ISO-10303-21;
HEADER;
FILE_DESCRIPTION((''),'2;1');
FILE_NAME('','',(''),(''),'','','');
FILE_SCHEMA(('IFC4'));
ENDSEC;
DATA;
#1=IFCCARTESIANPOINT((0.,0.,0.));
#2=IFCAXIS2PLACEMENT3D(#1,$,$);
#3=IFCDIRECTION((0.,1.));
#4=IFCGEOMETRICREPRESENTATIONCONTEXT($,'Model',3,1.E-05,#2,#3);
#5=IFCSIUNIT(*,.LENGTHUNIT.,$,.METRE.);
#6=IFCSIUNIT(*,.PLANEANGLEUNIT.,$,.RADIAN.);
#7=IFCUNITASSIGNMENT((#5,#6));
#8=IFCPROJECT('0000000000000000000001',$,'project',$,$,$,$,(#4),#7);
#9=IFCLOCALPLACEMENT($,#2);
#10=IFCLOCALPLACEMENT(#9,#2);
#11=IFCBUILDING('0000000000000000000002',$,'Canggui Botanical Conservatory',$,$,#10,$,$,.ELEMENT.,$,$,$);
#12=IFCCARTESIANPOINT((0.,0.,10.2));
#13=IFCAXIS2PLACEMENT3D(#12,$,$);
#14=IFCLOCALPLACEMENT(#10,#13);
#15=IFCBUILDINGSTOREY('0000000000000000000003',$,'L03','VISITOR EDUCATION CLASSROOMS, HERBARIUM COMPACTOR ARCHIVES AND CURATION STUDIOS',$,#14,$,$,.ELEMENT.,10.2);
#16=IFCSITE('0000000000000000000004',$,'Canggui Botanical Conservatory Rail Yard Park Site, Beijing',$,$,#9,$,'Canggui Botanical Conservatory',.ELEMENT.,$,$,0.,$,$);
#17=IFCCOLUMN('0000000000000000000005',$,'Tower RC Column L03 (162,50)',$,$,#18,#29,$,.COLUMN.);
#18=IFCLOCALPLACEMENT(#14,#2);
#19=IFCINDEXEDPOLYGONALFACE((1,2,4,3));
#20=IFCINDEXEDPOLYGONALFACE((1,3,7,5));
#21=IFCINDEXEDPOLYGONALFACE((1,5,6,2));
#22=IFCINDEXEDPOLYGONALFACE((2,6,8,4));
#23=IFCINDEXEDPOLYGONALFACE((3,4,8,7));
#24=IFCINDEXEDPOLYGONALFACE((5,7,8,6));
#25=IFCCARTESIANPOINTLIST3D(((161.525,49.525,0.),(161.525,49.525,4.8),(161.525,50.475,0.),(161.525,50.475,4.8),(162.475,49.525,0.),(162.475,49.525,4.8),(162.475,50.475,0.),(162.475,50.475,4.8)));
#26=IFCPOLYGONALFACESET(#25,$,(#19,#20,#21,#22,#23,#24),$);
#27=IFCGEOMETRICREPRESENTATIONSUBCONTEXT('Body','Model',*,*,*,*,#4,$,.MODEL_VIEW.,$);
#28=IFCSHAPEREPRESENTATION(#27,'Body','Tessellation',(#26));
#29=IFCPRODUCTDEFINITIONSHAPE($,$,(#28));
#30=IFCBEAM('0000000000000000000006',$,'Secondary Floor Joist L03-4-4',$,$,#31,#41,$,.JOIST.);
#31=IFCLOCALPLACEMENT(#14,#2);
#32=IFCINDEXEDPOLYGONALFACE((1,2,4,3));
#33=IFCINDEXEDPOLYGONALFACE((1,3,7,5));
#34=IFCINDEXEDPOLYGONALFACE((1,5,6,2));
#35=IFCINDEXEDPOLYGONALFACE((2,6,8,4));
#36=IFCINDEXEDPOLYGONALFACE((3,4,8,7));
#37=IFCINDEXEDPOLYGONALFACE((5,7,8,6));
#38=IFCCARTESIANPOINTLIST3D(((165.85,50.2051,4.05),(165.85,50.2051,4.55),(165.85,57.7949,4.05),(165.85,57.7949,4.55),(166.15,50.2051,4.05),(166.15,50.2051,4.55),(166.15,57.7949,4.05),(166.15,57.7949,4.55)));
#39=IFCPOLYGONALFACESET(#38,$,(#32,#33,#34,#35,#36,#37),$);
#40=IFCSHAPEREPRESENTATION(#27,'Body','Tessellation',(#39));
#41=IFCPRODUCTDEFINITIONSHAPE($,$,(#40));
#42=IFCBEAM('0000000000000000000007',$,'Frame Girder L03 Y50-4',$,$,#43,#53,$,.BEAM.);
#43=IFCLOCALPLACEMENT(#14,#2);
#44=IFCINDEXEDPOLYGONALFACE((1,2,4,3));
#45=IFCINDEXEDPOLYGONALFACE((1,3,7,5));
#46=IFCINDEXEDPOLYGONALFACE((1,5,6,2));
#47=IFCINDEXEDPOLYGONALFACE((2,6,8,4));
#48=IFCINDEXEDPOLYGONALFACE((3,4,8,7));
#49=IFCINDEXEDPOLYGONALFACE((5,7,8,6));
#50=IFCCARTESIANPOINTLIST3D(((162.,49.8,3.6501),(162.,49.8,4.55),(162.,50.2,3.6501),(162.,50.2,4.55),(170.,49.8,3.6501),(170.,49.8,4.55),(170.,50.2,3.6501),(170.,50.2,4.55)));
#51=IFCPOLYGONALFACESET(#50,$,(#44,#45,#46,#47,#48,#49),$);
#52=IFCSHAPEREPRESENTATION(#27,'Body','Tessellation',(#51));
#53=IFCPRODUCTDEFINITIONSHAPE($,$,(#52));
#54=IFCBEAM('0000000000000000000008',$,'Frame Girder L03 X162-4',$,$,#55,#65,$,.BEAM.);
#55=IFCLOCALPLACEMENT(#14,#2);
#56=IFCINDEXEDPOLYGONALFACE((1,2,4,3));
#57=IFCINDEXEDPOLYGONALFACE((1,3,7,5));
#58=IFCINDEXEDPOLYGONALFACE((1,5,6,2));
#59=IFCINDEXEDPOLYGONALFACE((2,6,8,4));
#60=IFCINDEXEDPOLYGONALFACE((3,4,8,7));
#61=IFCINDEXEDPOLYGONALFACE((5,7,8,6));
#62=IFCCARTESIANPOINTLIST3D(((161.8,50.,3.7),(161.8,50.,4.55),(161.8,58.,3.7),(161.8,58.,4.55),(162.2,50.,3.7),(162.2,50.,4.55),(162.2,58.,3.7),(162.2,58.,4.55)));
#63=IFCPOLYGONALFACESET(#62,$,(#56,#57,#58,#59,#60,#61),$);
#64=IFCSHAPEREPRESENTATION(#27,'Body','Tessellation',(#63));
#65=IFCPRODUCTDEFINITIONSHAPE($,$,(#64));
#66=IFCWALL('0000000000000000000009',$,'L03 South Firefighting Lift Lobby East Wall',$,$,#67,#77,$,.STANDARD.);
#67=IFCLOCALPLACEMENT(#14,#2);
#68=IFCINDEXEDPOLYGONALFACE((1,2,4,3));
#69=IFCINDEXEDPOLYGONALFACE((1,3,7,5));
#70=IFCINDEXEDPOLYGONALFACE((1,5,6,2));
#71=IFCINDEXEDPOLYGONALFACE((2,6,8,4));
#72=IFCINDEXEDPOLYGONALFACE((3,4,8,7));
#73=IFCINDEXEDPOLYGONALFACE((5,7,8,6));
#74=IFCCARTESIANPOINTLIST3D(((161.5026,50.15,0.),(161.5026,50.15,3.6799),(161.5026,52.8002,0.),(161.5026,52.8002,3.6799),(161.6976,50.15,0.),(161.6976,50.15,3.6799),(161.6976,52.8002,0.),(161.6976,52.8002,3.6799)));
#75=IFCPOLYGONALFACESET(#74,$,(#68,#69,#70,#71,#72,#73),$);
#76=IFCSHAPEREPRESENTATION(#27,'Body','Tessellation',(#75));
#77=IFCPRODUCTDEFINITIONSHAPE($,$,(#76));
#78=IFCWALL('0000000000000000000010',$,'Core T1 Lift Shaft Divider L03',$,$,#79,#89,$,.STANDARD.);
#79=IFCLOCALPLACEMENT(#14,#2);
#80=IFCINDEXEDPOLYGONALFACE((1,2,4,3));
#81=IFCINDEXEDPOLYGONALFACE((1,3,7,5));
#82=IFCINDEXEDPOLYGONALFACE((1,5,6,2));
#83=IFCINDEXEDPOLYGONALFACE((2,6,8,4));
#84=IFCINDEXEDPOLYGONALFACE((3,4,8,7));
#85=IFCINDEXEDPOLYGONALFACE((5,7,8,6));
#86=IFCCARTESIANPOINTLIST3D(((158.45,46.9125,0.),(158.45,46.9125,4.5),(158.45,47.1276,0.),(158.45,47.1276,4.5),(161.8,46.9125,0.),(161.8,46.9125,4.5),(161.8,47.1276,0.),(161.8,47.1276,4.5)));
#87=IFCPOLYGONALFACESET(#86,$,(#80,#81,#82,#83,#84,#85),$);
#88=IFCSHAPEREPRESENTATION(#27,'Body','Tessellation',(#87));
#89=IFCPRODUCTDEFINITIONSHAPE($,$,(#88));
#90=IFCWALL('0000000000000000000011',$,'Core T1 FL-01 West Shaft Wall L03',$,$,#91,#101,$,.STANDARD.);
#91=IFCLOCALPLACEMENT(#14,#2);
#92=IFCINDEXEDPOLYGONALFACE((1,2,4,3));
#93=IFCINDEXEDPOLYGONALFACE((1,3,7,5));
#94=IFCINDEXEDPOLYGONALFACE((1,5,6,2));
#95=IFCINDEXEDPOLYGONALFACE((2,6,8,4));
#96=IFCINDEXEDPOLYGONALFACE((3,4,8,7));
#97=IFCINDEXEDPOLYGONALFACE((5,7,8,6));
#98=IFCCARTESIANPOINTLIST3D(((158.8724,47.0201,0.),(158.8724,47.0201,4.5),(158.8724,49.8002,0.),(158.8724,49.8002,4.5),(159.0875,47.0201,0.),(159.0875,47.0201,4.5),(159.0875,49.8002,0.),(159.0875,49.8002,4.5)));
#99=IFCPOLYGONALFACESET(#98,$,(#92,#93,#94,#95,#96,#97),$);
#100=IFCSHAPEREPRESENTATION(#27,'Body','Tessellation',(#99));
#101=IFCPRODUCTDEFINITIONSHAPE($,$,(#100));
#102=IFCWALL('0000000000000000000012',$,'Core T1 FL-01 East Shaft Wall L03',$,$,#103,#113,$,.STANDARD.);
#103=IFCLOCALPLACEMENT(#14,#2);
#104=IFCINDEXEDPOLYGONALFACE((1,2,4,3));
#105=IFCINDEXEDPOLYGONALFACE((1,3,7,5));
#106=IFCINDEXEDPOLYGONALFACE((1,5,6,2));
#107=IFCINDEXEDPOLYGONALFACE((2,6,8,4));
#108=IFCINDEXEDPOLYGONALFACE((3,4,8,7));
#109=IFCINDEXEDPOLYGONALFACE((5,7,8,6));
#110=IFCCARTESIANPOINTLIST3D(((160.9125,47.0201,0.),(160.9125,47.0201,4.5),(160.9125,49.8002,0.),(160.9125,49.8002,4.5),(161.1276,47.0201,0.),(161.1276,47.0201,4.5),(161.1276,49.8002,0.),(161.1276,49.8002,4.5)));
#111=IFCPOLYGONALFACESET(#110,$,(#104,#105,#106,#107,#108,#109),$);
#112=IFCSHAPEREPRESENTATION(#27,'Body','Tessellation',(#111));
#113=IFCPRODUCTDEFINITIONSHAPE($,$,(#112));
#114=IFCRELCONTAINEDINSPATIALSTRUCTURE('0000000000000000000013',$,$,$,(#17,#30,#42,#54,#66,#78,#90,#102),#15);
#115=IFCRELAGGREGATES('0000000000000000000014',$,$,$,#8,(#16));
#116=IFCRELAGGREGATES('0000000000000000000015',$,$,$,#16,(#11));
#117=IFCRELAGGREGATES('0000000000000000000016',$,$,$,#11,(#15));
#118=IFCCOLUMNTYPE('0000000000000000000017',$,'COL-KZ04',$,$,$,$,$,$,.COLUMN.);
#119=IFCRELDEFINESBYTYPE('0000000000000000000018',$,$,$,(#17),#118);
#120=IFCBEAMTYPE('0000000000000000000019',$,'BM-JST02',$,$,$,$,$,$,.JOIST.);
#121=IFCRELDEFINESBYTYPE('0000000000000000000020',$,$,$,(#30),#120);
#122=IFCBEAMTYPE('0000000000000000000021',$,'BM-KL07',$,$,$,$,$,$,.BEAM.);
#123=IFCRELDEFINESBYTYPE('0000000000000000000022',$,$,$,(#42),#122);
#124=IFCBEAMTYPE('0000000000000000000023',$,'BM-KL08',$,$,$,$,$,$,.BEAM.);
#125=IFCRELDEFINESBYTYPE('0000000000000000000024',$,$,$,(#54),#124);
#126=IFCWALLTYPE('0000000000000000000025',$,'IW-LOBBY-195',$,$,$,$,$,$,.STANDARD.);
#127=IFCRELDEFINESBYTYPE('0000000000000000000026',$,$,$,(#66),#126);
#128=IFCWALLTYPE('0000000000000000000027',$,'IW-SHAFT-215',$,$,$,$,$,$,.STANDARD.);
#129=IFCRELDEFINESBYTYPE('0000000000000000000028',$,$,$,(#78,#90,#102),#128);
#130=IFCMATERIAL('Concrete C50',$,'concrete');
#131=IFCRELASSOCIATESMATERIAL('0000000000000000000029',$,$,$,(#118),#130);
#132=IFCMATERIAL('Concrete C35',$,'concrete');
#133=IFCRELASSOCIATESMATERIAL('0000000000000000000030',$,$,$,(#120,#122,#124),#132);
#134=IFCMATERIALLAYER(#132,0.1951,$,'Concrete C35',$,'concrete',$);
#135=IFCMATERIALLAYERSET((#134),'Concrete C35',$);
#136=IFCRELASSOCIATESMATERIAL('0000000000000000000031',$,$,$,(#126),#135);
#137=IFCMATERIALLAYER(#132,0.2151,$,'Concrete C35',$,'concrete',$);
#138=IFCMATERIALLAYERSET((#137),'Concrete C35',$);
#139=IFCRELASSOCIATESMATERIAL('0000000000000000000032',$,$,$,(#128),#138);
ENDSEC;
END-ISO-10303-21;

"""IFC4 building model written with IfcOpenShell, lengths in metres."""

from ifc_helpers import new_model, si_unit, direction, frame, frame_2d, origin, origin_2d, place, context, subcontext, project, spatial, rectangle, extrude, material, layer, layer_set, material_profile, profile_set, type_object, element, save


model = new_model("IFC4")

# Units and contexts
model_context = context("Model", 3, precision=1e-05, world=origin(), true_north=direction((0.0, 1.0)))
body_context = subcontext(model_context, "Body", "Model", "MODEL_VIEW")
ifc_project = project(units=[si_unit("LENGTHUNIT", "METRE"), si_unit("PLANEANGLEUNIT", "RADIAN")], contexts=[model_context])

# Site, building, storey
site_placement = place(None, origin())
site = spatial("IfcSite", under=ifc_project, at=site_placement, Name="Canggui Botanical Conservatory Rail Yard Park Site, Beijing", LongName="Canggui Botanical Conservatory", CompositionType="ELEMENT", RefElevation=0.0)
building_placement = place(site_placement, origin())
building = spatial("IfcBuilding", under=site, at=building_placement, Name="Canggui Botanical Conservatory", CompositionType="ELEMENT")
storey_placement = place(building_placement, frame((0.0, 0.0, 10.2)))
storey = spatial("IfcBuildingStorey", under=building, at=storey_placement, Name="L03", Description="VISITOR EDUCATION CLASSROOMS, HERBARIUM COMPACTOR ARCHIVES AND CURATION STUDIOS", CompositionType="ELEMENT", Elevation=10.2)

# Column
ifc_material_1 = material(Name="Concrete C50", Category="concrete")
ifc_material_profile_1 = material_profile(ifc_material_1, rectangle(XDim=0.95, YDim=0.95, at=origin_2d()), Name="RC 950x950")
ifc_profile_set_1 = profile_set([ifc_material_profile_1], Name="Concrete C50")
column_type = type_object("IfcColumnType", Name="COL-KZ04", PredefinedType="COLUMN", material=ifc_profile_set_1)
column_placement = place(storey_placement, frame((162.0, 50.0, 0.0), z_axis=(0.0, 0.0, 1.0), x_axis=(1.0, 0.0, 0.0)))
element("IfcColumn", 1, at=column_placement, inside=storey, type_object=column_type, Name="Tower RC Column L03 (162,50)", PredefinedType="COLUMN", context=body_context, shape_type="SweptSolid", body=[
    extrude(rectangle(XDim=0.95, YDim=0.95, at=origin_2d()), origin(), (0.0, 0.0, 1.0), 4.8),
])

# Beams
ifc_material_2 = material(Name="Concrete C35", Category="concrete")
ifc_material_profile_2 = material_profile(ifc_material_2, rectangle(XDim=0.3, YDim=0.5, at=origin_2d()), Name="RB 300x500")
ifc_profile_set_2 = profile_set([ifc_material_profile_2], Name="Concrete C35")
beam_type_1 = type_object("IfcBeamType", Name="BM-JST02", PredefinedType="JOIST", material=ifc_profile_set_2)
beam_1_placement = place(storey_placement, frame((166.0, 50.2051, 4.3), z_axis=(0.0, 1.0, 0.0), x_axis=(-1.0, 0.0, 0.0)))
element("IfcBeam", 2, at=beam_1_placement, inside=storey, type_object=beam_type_1, Name="Secondary Floor Joist L03-4-4", PredefinedType="JOIST", context=body_context, shape_type="SweptSolid", body=[
    extrude(rectangle(XDim=0.3, YDim=0.5, at=origin_2d()), origin(), (0.0, 0.0, 1.0), 7.5898),
])
ifc_material_profile_3 = material_profile(ifc_material_2, rectangle(XDim=0.3999, YDim=0.8999, at=origin_2d()), Name="RB 400x900")
ifc_profile_set_3 = profile_set([ifc_material_profile_3], Name="Concrete C35")
beam_type_2 = type_object("IfcBeamType", Name="BM-KL07", PredefinedType="BEAM", material=ifc_profile_set_3)
beam_2_placement = place(storey_placement, frame((162.0, 50.0, 4.1001), z_axis=(1.0, 0.0, 0.0), x_axis=(0.0, 1.0, 0.0)))
element("IfcBeam", 3, at=beam_2_placement, inside=storey, type_object=beam_type_2, Name="Frame Girder L03 Y50-4", PredefinedType="BEAM", context=body_context, shape_type="SweptSolid", body=[
    extrude(rectangle(XDim=0.3999, YDim=0.8999, at=origin_2d()), origin(), (0.0, 0.0, 1.0), 8.0),
])
ifc_material_profile_4 = material_profile(ifc_material_2, rectangle(XDim=0.3999, YDim=0.8501, at=origin_2d()), Name="RB 400x850")
ifc_profile_set_4 = profile_set([ifc_material_profile_4], Name="Concrete C35")
beam_type_3 = type_object("IfcBeamType", Name="BM-KL08", PredefinedType="BEAM", material=ifc_profile_set_4)
beam_3_placement = place(storey_placement, frame((162.0, 50.0, 4.125), z_axis=(0.0, 1.0, 0.0), x_axis=(-1.0, 0.0, 0.0)))
element("IfcBeam", 4, at=beam_3_placement, inside=storey, type_object=beam_type_3, Name="Frame Girder L03 X162-4", PredefinedType="BEAM", context=body_context, shape_type="SweptSolid", body=[
    extrude(rectangle(XDim=0.3999, YDim=0.8501, at=origin_2d()), origin(), (0.0, 0.0, 1.0), 8.0),
])

# Walls
ifc_layer_1 = layer(ifc_material_2, 0.1951, Name="Concrete C35", Category="concrete")
ifc_layer_set_1 = layer_set([ifc_layer_1], Name="Concrete C35")
wall_type_1 = type_object("IfcWallType", Name="IW-LOBBY-195", PredefinedType="STANDARD", material=ifc_layer_set_1)
wall_1_placement = place(storey_placement, frame((161.6001, 50.1499, 0.0), z_axis=(0.0, 0.0, 1.0), x_axis=(0.0, 1.0, 0.0)))
element("IfcWall", 5, at=wall_1_placement, inside=storey, type_object=wall_type_1, Name="L03 South Firefighting Lift Lobby East Wall", PredefinedType="STANDARD", context=body_context, shape_type="SweptSolid", body=[
    extrude(rectangle(XDim=2.6501, YDim=0.1951, at=frame_2d((1.3252, 0.0))), origin(), (0.0, 0.0, 1.0), 3.6799),
])
ifc_layer_2 = layer(ifc_material_2, 0.2151, Name="Concrete C35", Category="concrete")
ifc_layer_set_2 = layer_set([ifc_layer_2], Name="Concrete C35")
wall_type_2 = type_object("IfcWallType", Name="IW-SHAFT-215", PredefinedType="STANDARD", material=ifc_layer_set_2)
wall_2_placement = place(storey_placement, frame((158.45, 47.02, 0.0), z_axis=(0.0, 0.0, 1.0), x_axis=(1.0, 0.0, 0.0)))
element("IfcWall", 6, at=wall_2_placement, inside=storey, type_object=wall_type_2, Name="Core T1 Lift Shaft Divider L03", PredefinedType="STANDARD", context=body_context, shape_type="SweptSolid", body=[
    extrude(rectangle(XDim=3.3501, YDim=0.2151, at=frame_2d((1.675, 0.0))), origin(), (0.0, 0.0, 1.0), 4.5),
])
for number, where, z_axis, x_axis, name in (
    (7, (158.98, 47.02, 0.0), (0.0, 0.0, 1.0), (0.0, 1.0, 0.0), "Core T1 FL-01 West Shaft Wall L03"),
    (8, (161.02, 47.02, 0.0), (0.0, 0.0, 1.0), (0.0, 1.0, 0.0), "Core T1 FL-01 East Shaft Wall L03"),
):
    element("IfcWall", number, at=place(storey_placement, frame(where, z_axis=z_axis, x_axis=x_axis)), inside=storey, type_object=wall_type_2, Name=name, PredefinedType="STANDARD", context=body_context, shape_type="SweptSolid", body=[
        extrude(rectangle(XDim=2.78, YDim=0.2151, at=frame_2d((1.3901, 0.0))), origin(), (0.0, 0.0, 1.0), 4.5),
    ])

save(model, "model.ifc")
